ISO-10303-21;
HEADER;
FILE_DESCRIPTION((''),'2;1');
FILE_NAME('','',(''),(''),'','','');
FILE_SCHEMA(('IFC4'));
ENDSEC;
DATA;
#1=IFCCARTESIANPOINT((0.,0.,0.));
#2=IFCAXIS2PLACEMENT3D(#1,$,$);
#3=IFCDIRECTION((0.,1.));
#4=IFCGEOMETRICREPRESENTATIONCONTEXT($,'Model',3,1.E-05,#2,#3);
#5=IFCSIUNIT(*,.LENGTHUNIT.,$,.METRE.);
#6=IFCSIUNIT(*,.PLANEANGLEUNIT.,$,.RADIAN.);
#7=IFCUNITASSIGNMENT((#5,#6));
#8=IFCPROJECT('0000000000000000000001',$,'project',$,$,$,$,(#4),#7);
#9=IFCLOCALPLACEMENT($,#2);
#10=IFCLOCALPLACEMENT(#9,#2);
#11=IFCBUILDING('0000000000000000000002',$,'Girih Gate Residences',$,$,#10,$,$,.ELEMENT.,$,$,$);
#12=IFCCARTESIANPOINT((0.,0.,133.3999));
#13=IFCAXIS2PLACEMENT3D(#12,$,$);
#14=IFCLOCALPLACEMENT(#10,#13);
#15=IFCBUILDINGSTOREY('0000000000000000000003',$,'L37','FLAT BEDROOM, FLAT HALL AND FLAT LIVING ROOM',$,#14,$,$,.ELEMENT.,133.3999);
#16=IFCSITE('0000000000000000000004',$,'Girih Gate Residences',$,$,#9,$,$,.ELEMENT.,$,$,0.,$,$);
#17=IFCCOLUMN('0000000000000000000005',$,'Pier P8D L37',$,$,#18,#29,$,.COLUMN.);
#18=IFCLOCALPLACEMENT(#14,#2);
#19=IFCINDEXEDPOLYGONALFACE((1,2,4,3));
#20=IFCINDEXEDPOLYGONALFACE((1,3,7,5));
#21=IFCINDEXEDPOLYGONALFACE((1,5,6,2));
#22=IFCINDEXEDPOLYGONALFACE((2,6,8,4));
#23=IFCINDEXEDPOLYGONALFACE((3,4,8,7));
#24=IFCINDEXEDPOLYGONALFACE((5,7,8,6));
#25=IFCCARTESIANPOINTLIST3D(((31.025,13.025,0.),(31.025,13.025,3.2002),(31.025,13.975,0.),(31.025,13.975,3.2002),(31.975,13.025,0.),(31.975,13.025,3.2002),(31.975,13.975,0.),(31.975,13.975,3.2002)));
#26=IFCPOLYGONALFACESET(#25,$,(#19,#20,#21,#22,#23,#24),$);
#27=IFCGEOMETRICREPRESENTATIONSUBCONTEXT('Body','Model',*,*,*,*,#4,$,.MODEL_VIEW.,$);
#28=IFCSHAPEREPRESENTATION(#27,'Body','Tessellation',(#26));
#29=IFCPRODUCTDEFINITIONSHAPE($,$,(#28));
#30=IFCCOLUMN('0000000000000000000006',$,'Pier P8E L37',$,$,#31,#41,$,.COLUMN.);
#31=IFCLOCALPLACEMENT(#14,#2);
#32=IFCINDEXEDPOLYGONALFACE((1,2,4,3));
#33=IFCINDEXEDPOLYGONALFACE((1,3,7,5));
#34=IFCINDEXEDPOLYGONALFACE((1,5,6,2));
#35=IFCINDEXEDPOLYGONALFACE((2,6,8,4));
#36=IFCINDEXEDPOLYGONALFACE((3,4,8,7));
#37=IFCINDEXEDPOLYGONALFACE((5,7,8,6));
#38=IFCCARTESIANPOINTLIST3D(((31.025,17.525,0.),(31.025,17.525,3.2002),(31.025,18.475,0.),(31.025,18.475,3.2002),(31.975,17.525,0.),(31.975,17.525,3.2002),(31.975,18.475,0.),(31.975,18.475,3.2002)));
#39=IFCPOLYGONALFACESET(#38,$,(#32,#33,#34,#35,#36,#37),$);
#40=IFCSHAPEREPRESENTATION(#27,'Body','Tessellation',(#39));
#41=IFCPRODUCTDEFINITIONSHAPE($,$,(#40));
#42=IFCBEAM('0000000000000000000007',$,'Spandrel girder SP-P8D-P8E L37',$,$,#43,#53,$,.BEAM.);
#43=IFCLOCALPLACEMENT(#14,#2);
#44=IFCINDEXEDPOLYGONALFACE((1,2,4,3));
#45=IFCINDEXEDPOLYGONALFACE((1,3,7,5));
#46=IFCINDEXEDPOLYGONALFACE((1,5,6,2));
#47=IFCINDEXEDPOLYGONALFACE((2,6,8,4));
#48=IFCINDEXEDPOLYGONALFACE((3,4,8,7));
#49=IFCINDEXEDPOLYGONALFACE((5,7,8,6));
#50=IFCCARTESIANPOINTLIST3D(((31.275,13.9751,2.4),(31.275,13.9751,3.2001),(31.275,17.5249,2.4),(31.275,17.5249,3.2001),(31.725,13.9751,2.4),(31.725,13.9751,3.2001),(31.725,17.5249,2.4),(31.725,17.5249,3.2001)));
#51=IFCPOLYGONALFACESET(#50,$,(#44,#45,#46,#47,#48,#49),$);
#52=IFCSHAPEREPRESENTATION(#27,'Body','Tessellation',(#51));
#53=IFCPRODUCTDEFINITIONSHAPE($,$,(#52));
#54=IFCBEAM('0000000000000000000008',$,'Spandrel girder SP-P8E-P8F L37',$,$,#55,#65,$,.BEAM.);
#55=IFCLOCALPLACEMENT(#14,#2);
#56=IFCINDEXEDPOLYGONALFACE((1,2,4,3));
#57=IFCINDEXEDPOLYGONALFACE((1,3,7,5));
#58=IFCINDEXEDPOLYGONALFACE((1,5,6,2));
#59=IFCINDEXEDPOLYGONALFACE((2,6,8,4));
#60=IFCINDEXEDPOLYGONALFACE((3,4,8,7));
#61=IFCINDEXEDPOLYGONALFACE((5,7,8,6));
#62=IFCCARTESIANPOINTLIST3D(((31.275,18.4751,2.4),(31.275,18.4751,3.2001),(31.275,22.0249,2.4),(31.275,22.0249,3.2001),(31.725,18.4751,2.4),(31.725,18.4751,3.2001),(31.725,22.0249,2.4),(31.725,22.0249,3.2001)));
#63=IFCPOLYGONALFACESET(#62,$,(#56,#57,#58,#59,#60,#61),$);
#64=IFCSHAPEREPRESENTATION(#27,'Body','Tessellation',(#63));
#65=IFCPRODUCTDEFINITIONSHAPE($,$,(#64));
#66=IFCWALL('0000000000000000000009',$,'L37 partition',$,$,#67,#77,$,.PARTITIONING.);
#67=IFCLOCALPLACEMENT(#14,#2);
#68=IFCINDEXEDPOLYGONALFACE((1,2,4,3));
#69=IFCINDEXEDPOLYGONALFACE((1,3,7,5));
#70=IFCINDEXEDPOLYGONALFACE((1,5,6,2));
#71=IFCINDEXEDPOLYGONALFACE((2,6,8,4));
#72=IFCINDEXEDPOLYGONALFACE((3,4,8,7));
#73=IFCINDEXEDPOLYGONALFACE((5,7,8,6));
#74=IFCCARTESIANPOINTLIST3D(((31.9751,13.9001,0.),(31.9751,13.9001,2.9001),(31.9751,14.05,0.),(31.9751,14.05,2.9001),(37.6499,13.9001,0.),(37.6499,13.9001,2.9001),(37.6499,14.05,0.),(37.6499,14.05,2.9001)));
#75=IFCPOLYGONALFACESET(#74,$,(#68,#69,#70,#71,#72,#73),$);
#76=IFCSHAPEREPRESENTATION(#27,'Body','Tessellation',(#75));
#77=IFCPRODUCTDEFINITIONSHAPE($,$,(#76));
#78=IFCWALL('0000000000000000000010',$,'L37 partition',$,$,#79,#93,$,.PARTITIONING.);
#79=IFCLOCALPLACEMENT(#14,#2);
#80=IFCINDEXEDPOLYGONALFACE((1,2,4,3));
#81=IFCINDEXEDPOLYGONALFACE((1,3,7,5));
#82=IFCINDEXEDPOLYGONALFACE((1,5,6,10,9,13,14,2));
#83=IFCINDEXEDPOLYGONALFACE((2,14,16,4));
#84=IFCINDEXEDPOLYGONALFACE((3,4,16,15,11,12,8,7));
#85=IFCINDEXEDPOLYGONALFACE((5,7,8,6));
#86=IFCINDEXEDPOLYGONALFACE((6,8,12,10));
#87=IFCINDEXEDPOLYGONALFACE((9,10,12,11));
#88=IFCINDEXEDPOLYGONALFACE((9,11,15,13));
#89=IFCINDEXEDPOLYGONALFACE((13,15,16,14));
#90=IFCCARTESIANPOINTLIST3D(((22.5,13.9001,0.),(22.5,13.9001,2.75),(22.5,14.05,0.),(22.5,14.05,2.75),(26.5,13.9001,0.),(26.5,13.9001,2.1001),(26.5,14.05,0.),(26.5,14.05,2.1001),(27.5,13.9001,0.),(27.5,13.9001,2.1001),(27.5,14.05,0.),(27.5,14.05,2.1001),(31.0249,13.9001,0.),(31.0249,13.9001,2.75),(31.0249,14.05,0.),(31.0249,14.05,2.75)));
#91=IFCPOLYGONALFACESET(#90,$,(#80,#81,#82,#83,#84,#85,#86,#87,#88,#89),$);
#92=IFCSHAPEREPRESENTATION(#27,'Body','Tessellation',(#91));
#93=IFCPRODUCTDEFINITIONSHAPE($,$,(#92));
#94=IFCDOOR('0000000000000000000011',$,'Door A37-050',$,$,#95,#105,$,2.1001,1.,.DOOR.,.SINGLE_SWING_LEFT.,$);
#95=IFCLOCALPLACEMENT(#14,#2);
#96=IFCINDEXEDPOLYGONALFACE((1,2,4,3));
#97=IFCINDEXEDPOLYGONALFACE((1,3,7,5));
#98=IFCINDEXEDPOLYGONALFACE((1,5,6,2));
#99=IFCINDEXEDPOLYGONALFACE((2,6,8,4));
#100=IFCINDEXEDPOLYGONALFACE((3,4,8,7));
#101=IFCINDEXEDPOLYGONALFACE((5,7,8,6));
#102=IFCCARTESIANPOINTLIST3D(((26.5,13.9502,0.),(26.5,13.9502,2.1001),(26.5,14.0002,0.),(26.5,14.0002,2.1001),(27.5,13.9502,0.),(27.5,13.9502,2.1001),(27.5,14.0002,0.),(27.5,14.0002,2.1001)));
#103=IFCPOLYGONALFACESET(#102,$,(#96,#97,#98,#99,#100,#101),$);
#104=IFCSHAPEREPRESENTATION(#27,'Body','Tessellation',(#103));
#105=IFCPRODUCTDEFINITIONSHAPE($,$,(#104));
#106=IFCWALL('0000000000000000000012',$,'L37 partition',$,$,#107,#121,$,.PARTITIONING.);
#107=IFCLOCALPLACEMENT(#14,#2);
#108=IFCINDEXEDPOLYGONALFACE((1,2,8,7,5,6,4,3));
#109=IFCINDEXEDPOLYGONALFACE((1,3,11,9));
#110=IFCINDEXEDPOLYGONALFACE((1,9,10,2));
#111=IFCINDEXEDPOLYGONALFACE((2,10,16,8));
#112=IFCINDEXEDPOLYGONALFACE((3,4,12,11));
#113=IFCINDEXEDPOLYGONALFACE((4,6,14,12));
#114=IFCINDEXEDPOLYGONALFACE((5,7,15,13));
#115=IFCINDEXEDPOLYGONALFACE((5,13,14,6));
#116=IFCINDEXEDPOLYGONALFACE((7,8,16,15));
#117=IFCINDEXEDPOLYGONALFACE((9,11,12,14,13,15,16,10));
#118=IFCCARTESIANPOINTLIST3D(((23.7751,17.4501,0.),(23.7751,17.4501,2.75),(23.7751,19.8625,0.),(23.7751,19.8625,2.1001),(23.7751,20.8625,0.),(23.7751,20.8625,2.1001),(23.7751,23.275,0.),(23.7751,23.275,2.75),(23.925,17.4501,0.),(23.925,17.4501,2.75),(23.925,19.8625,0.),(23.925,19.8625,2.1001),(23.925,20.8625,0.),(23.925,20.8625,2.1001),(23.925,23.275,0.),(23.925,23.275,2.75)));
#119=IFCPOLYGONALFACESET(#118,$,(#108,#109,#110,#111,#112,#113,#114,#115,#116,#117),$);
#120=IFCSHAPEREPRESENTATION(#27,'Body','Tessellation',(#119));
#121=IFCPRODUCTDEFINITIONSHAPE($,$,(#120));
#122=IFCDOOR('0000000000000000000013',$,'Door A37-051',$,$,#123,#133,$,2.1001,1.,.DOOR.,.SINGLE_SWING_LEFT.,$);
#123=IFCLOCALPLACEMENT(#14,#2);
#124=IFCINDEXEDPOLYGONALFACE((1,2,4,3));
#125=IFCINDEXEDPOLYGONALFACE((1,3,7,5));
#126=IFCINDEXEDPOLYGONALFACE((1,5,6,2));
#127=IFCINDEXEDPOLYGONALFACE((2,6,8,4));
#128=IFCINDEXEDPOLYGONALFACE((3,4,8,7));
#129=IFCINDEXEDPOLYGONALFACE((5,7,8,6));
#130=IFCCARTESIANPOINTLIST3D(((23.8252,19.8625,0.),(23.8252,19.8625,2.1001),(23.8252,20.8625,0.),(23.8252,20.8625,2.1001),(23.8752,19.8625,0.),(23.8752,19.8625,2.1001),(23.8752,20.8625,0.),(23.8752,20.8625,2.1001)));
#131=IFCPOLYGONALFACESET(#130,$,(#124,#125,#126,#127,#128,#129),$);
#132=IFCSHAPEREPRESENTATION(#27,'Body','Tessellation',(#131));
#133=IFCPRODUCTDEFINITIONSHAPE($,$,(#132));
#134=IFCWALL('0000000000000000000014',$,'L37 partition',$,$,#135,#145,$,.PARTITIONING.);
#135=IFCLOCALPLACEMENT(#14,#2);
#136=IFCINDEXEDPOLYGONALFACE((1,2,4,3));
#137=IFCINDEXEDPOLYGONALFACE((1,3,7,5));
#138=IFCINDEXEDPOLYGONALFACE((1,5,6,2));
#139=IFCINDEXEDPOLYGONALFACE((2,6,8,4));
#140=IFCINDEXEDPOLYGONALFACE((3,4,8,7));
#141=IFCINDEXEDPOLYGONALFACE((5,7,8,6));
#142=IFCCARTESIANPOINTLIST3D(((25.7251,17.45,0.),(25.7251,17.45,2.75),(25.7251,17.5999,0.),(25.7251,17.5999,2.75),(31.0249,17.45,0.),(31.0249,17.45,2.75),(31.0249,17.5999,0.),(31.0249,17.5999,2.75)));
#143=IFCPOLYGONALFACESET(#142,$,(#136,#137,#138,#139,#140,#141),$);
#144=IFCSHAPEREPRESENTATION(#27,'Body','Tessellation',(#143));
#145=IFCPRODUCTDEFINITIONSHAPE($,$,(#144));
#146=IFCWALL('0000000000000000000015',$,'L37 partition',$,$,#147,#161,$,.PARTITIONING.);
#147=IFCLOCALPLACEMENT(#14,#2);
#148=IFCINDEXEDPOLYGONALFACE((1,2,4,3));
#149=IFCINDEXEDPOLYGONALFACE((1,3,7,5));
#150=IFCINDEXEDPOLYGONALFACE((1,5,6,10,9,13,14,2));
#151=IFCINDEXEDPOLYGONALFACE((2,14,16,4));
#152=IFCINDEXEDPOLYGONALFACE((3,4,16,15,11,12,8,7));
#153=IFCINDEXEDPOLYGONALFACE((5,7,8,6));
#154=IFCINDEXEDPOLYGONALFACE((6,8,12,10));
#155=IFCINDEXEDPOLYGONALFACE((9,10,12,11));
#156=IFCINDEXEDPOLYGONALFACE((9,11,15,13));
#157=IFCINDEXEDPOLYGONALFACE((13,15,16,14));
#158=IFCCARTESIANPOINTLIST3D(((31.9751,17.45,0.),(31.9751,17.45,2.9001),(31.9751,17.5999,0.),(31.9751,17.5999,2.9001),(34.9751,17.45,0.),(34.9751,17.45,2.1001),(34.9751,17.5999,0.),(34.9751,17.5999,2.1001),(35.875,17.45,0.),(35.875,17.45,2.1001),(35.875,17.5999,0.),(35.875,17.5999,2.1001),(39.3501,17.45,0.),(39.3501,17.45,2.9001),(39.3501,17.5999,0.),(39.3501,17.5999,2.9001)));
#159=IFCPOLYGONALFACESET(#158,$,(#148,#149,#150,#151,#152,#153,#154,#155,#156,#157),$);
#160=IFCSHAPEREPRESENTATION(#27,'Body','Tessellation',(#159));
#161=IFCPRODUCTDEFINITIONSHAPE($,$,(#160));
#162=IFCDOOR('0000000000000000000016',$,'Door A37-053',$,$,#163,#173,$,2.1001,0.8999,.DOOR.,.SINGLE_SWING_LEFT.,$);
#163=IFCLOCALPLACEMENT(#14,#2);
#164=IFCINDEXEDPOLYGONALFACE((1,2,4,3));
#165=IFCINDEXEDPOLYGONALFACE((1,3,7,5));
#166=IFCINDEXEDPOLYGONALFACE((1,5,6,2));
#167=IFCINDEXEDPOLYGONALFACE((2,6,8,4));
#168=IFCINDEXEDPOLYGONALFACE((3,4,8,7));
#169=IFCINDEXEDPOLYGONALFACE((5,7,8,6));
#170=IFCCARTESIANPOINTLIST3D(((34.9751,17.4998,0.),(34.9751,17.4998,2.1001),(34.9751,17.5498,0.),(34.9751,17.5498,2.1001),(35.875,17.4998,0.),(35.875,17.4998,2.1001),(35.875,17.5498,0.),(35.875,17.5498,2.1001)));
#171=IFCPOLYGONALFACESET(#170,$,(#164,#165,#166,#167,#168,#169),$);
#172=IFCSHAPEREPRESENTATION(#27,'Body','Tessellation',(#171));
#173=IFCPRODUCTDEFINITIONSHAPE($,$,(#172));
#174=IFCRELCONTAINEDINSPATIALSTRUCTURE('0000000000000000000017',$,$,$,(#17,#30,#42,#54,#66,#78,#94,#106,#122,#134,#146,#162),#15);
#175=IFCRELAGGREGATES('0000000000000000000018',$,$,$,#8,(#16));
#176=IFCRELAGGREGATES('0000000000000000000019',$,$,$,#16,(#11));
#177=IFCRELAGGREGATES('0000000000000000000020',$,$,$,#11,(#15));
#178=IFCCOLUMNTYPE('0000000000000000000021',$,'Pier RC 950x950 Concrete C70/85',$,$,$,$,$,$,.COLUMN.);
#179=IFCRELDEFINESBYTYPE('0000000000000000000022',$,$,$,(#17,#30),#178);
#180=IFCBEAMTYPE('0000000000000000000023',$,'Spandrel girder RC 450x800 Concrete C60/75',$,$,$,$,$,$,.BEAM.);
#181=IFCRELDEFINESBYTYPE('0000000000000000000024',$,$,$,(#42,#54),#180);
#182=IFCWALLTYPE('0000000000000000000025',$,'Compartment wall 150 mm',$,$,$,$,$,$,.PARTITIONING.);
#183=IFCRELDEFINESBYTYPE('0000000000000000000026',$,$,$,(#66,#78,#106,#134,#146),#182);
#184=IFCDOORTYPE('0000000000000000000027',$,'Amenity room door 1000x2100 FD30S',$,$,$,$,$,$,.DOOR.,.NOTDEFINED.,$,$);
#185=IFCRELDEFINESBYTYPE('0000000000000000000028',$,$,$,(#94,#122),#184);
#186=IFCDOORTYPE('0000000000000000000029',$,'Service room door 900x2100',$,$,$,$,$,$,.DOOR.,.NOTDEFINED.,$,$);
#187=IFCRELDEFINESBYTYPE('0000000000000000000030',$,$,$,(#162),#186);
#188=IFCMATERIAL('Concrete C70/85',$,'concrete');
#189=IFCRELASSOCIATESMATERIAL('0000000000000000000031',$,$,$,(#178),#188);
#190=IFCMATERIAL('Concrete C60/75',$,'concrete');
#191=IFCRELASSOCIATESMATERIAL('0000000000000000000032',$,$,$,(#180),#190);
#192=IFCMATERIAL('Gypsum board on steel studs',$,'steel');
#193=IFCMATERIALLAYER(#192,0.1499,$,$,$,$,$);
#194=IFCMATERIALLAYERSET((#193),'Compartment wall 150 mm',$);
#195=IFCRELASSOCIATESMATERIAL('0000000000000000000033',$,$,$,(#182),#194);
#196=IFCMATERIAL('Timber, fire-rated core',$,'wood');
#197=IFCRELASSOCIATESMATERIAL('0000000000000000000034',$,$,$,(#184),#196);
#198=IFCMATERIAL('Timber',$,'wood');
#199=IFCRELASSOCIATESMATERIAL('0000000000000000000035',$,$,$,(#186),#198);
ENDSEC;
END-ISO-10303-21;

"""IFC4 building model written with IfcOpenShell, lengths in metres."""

from ifc_helpers import new_model, si_unit, direction, frame, frame_2d, origin, origin_2d, place, context, subcontext, project, spatial, rectangle, extrude, material, layer, layer_set, material_profile, profile_set, type_object, element, fill, save


model = new_model("IFC4")

# Units and contexts
model_context = context("Model", 3, precision=1e-05, world=origin(), true_north=direction((0.0, 1.0)))
body_context = subcontext(model_context, "Body", "Model", "MODEL_VIEW")
ifc_project = project(units=[si_unit("LENGTHUNIT", "METRE"), si_unit("PLANEANGLEUNIT", "RADIAN")], contexts=[model_context])

# Site, building, storey
site_placement = place(None, origin())
site = spatial("IfcSite", under=ifc_project, at=site_placement, Name="Girih Gate Residences", CompositionType="ELEMENT", RefElevation=0.0)
building_placement = place(site_placement, origin())
building = spatial("IfcBuilding", under=site, at=building_placement, Name="Girih Gate Residences", CompositionType="ELEMENT")
storey_placement = place(building_placement, frame((0.0, 0.0, 133.3999)))
storey = spatial("IfcBuildingStorey", under=building, at=storey_placement, Name="L37", Description="FLAT BEDROOM, FLAT HALL AND FLAT LIVING ROOM", CompositionType="ELEMENT", Elevation=133.3999)

# Columns
ifc_material_1 = material(Name="Concrete C70/85", Category="concrete")
ifc_material_profile_1 = material_profile(ifc_material_1, rectangle(XDim=0.95, YDim=0.95, at=origin_2d()))
ifc_profile_set_1 = profile_set([ifc_material_profile_1], Name="Concrete C70/85")
column_type = type_object("IfcColumnType", Name="Pier RC 950x950 Concrete C70/85", PredefinedType="COLUMN", material=ifc_profile_set_1)
for number, where, z_axis, x_axis, name in (
    (1, (31.5, 13.5, 0.0), (0.0, 0.0, 1.0), (1.0, 0.0, 0.0), "Pier P8D L37"),
    (2, (31.5, 18.0, 0.0), (0.0, 0.0, 1.0), (1.0, 0.0, 0.0), "Pier P8E L37"),
):
    element("IfcColumn", number, at=place(storey_placement, frame(where, z_axis=z_axis, x_axis=x_axis)), inside=storey, type_object=column_type, Name=name, PredefinedType="COLUMN", context=body_context, shape_type="SweptSolid", body=[
        extrude(rectangle(XDim=0.95, YDim=0.95, at=origin_2d()), origin(), (0.0, 0.0, 1.0), 3.2002),
    ])

# Beams
ifc_material_2 = material(Name="Concrete C60/75", Category="concrete")
ifc_material_profile_2 = material_profile(ifc_material_2, rectangle(XDim=0.45, YDim=0.8, at=origin_2d()))
ifc_profile_set_2 = profile_set([ifc_material_profile_2], Name="Concrete C60/75")
beam_type = type_object("IfcBeamType", Name="Spandrel girder RC 450x800 Concrete C60/75", PredefinedType="BEAM", material=ifc_profile_set_2)
for number, where, z_axis, x_axis, name in (
    (3, (31.5, 13.9751, 2.8), (0.0, 1.0, 0.0), (-1.0, 0.0, 0.0), "Spandrel girder SP-P8D-P8E L37"),
    (4, (31.5, 18.4751, 2.8), (0.0, 1.0, 0.0), (-1.0, 0.0, 0.0), "Spandrel girder SP-P8E-P8F L37"),
):
    element("IfcBeam", number, at=place(storey_placement, frame(where, z_axis=z_axis, x_axis=x_axis)), inside=storey, type_object=beam_type, Name=name, PredefinedType="BEAM", context=body_context, shape_type="SweptSolid", body=[
        extrude(rectangle(XDim=0.45, YDim=0.8, at=origin_2d()), origin(), (0.0, 0.0, 1.0), 3.5498),
    ])

# Wall
ifc_material_3 = material(Name="Gypsum board on steel studs", Category="steel")
ifc_layer_1 = layer(ifc_material_3, 0.1499)
ifc_layer_set_1 = layer_set([ifc_layer_1], Name="Compartment wall 150 mm")
wall_type_1 = type_object("IfcWallType", Name="Compartment wall 150 mm", PredefinedType="PARTITIONING", material=ifc_layer_set_1)
wall_1_placement = place(storey_placement, frame((31.9751, 13.9751, 0.0), z_axis=(0.0, 0.0, 1.0), x_axis=(1.0, 0.0, 0.0)))
element("IfcWall", 5, at=wall_1_placement, inside=storey, type_object=wall_type_1, Name="L37 partition", PredefinedType="PARTITIONING", context=body_context, shape_type="SweptSolid", body=[
    extrude(rectangle(XDim=5.6748, YDim=0.1499, at=frame_2d((2.8374, 0.0))), origin(), (0.0, 0.0, 1.0), 2.9001),
])

# Walls, openings, doors
wall_2_placement = place(storey_placement, frame((31.0249, 13.9751, 0.0), z_axis=(0.0, 0.0, 1.0), x_axis=(-1.0, 0.0, 0.0)))
wall_2 = element("IfcWall", 6, at=wall_2_placement, inside=storey, type_object=wall_type_1, Name="L37 partition", PredefinedType="PARTITIONING", context=body_context, shape_type="SweptSolid", body=[
    extrude(rectangle(XDim=8.5249, YDim=0.1499, at=frame_2d((4.2625, 0.0))), origin(), (0.0, 0.0, 1.0), 2.75),
])
opening_1_placement = place(wall_2_placement, frame((3.5249, 0.0, 0.0)))
opening_1 = element("IfcOpeningElement", 7, at=opening_1_placement, cuts=wall_2, PredefinedType="OPENING", context=body_context, shape_type="SweptSolid", body=[
    extrude(rectangle(XDim=1.0, YDim=2.1001, at=frame_2d((0.5, 1.05))), frame((0.0, 0.085, 0.0), z_axis=(0.0, -1.0, 0.0), x_axis=(1.0, 0.0, 0.0)), (0.0, 0.0, 1.0), 0.1699),
])
ifc_material_4 = material(Name="Timber, fire-rated core", Category="wood")
door_type_1 = type_object("IfcDoorType", Name="Amenity room door 1000x2100 FD30S", OperationType="NOTDEFINED", PredefinedType="DOOR", material=ifc_material_4)
door_1_placement = place(opening_1_placement, origin())
door_1 = element("IfcDoor", 8, at=door_1_placement, inside=storey, type_object=door_type_1, Name="Door A37-050", OperationType="SINGLE_SWING_LEFT", OverallHeight=2.1001, OverallWidth=1.0, PredefinedType="DOOR", context=body_context, shape_type="SweptSolid", body=[
    extrude(rectangle(XDim=1.0, YDim=2.1001, at=frame_2d((0.5, 1.05))), frame((0.0, 0.0249, 0.0), z_axis=(0.0, -1.0, 0.0), x_axis=(1.0, 0.0, 0.0)), (0.0, 0.0, 1.0), 0.05),
])
fill(opening_1, door_1)
wall_3_placement = place(storey_placement, frame((23.8501, 17.45, 0.0), z_axis=(0.0, 0.0, 1.0), x_axis=(0.0, 1.0, 0.0)))
wall_3 = element("IfcWall", 9, at=wall_3_placement, inside=storey, type_object=wall_type_1, Name="L37 partition", PredefinedType="PARTITIONING", context=body_context, shape_type="SweptSolid", body=[
    extrude(rectangle(XDim=5.825, YDim=0.1499, at=frame_2d((2.9126, 0.0))), origin(), (0.0, 0.0, 1.0), 2.75),
])
opening_2_placement = place(wall_3_placement, frame((2.4126, 0.0, 0.0)))
opening_2 = element("IfcOpeningElement", 10, at=opening_2_placement, cuts=wall_3, PredefinedType="OPENING", context=body_context, shape_type="SweptSolid", body=[
    extrude(rectangle(XDim=1.0, YDim=2.1001, at=frame_2d((0.5, 1.05))), frame((0.0, 0.085, 0.0), z_axis=(0.0, -1.0, 0.0), x_axis=(1.0, 0.0, 0.0)), (0.0, 0.0, 1.0), 0.1699),
])
door_2_placement = place(opening_2_placement, origin())
door_2 = element("IfcDoor", 11, at=door_2_placement, inside=storey, type_object=door_type_1, Name="Door A37-051", OperationType="SINGLE_SWING_LEFT", OverallHeight=2.1001, OverallWidth=1.0, PredefinedType="DOOR", context=body_context, shape_type="SweptSolid", body=[
    extrude(rectangle(XDim=1.0, YDim=2.1001, at=frame_2d((0.5, 1.05))), frame((0.0, 0.0249, 0.0), z_axis=(0.0, -1.0, 0.0), x_axis=(1.0, 0.0, 0.0)), (0.0, 0.0, 1.0), 0.05),
])
fill(opening_2, door_2)

# Wall
wall_4_placement = place(storey_placement, frame((25.7251, 17.5249, 0.0), z_axis=(0.0, 0.0, 1.0), x_axis=(1.0, 0.0, 0.0)))
element("IfcWall", 12, at=wall_4_placement, inside=storey, type_object=wall_type_1, Name="L37 partition", PredefinedType="PARTITIONING", context=body_context, shape_type="SweptSolid", body=[
    extrude(rectangle(XDim=5.2998, YDim=0.1499, at=frame_2d((2.6499, 0.0))), origin(), (0.0, 0.0, 1.0), 2.75),
])

# Wall, opening, door
wall_5_placement = place(storey_placement, frame((31.9751, 17.5249, 0.0), z_axis=(0.0, 0.0, 1.0), x_axis=(1.0, 0.0, 0.0)))
wall_5 = element("IfcWall", 13, at=wall_5_placement, inside=storey, type_object=wall_type_1, Name="L37 partition", PredefinedType="PARTITIONING", context=body_context, shape_type="SweptSolid", body=[
    extrude(rectangle(XDim=7.375, YDim=0.1499, at=frame_2d((3.6875, 0.0))), origin(), (0.0, 0.0, 1.0), 2.9001),
])
opening_3_placement = place(wall_5_placement, frame((3.0, 0.0, 0.0)))
opening_3 = element("IfcOpeningElement", 14, at=opening_3_placement, cuts=wall_5, PredefinedType="OPENING", context=body_context, shape_type="SweptSolid", body=[
    extrude(rectangle(XDim=0.8999, YDim=2.1001, at=frame_2d((0.45, 1.05))), frame((0.0, 0.085, 0.0), z_axis=(0.0, -1.0, 0.0), x_axis=(1.0, 0.0, 0.0)), (0.0, 0.0, 1.0), 0.1699),
])
ifc_material_5 = material(Name="Timber", Category="wood")
door_type_2 = type_object("IfcDoorType", Name="Service room door 900x2100", OperationType="NOTDEFINED", PredefinedType="DOOR", material=ifc_material_5)
door_3_placement = place(opening_3_placement, origin())
door_3 = element("IfcDoor", 15, at=door_3_placement, inside=storey, type_object=door_type_2, Name="Door A37-053", OperationType="SINGLE_SWING_LEFT", OverallHeight=2.1001, OverallWidth=0.8999, PredefinedType="DOOR", context=body_context, shape_type="SweptSolid", body=[
    extrude(rectangle(XDim=0.8999, YDim=2.1001, at=frame_2d((0.45, 1.05))), frame((0.0, 0.0249, 0.0), z_axis=(0.0, -1.0, 0.0), x_axis=(1.0, 0.0, 0.0)), (0.0, 0.0, 1.0), 0.05),
])
fill(opening_3, door_3)

save(model, "model.ifc")
